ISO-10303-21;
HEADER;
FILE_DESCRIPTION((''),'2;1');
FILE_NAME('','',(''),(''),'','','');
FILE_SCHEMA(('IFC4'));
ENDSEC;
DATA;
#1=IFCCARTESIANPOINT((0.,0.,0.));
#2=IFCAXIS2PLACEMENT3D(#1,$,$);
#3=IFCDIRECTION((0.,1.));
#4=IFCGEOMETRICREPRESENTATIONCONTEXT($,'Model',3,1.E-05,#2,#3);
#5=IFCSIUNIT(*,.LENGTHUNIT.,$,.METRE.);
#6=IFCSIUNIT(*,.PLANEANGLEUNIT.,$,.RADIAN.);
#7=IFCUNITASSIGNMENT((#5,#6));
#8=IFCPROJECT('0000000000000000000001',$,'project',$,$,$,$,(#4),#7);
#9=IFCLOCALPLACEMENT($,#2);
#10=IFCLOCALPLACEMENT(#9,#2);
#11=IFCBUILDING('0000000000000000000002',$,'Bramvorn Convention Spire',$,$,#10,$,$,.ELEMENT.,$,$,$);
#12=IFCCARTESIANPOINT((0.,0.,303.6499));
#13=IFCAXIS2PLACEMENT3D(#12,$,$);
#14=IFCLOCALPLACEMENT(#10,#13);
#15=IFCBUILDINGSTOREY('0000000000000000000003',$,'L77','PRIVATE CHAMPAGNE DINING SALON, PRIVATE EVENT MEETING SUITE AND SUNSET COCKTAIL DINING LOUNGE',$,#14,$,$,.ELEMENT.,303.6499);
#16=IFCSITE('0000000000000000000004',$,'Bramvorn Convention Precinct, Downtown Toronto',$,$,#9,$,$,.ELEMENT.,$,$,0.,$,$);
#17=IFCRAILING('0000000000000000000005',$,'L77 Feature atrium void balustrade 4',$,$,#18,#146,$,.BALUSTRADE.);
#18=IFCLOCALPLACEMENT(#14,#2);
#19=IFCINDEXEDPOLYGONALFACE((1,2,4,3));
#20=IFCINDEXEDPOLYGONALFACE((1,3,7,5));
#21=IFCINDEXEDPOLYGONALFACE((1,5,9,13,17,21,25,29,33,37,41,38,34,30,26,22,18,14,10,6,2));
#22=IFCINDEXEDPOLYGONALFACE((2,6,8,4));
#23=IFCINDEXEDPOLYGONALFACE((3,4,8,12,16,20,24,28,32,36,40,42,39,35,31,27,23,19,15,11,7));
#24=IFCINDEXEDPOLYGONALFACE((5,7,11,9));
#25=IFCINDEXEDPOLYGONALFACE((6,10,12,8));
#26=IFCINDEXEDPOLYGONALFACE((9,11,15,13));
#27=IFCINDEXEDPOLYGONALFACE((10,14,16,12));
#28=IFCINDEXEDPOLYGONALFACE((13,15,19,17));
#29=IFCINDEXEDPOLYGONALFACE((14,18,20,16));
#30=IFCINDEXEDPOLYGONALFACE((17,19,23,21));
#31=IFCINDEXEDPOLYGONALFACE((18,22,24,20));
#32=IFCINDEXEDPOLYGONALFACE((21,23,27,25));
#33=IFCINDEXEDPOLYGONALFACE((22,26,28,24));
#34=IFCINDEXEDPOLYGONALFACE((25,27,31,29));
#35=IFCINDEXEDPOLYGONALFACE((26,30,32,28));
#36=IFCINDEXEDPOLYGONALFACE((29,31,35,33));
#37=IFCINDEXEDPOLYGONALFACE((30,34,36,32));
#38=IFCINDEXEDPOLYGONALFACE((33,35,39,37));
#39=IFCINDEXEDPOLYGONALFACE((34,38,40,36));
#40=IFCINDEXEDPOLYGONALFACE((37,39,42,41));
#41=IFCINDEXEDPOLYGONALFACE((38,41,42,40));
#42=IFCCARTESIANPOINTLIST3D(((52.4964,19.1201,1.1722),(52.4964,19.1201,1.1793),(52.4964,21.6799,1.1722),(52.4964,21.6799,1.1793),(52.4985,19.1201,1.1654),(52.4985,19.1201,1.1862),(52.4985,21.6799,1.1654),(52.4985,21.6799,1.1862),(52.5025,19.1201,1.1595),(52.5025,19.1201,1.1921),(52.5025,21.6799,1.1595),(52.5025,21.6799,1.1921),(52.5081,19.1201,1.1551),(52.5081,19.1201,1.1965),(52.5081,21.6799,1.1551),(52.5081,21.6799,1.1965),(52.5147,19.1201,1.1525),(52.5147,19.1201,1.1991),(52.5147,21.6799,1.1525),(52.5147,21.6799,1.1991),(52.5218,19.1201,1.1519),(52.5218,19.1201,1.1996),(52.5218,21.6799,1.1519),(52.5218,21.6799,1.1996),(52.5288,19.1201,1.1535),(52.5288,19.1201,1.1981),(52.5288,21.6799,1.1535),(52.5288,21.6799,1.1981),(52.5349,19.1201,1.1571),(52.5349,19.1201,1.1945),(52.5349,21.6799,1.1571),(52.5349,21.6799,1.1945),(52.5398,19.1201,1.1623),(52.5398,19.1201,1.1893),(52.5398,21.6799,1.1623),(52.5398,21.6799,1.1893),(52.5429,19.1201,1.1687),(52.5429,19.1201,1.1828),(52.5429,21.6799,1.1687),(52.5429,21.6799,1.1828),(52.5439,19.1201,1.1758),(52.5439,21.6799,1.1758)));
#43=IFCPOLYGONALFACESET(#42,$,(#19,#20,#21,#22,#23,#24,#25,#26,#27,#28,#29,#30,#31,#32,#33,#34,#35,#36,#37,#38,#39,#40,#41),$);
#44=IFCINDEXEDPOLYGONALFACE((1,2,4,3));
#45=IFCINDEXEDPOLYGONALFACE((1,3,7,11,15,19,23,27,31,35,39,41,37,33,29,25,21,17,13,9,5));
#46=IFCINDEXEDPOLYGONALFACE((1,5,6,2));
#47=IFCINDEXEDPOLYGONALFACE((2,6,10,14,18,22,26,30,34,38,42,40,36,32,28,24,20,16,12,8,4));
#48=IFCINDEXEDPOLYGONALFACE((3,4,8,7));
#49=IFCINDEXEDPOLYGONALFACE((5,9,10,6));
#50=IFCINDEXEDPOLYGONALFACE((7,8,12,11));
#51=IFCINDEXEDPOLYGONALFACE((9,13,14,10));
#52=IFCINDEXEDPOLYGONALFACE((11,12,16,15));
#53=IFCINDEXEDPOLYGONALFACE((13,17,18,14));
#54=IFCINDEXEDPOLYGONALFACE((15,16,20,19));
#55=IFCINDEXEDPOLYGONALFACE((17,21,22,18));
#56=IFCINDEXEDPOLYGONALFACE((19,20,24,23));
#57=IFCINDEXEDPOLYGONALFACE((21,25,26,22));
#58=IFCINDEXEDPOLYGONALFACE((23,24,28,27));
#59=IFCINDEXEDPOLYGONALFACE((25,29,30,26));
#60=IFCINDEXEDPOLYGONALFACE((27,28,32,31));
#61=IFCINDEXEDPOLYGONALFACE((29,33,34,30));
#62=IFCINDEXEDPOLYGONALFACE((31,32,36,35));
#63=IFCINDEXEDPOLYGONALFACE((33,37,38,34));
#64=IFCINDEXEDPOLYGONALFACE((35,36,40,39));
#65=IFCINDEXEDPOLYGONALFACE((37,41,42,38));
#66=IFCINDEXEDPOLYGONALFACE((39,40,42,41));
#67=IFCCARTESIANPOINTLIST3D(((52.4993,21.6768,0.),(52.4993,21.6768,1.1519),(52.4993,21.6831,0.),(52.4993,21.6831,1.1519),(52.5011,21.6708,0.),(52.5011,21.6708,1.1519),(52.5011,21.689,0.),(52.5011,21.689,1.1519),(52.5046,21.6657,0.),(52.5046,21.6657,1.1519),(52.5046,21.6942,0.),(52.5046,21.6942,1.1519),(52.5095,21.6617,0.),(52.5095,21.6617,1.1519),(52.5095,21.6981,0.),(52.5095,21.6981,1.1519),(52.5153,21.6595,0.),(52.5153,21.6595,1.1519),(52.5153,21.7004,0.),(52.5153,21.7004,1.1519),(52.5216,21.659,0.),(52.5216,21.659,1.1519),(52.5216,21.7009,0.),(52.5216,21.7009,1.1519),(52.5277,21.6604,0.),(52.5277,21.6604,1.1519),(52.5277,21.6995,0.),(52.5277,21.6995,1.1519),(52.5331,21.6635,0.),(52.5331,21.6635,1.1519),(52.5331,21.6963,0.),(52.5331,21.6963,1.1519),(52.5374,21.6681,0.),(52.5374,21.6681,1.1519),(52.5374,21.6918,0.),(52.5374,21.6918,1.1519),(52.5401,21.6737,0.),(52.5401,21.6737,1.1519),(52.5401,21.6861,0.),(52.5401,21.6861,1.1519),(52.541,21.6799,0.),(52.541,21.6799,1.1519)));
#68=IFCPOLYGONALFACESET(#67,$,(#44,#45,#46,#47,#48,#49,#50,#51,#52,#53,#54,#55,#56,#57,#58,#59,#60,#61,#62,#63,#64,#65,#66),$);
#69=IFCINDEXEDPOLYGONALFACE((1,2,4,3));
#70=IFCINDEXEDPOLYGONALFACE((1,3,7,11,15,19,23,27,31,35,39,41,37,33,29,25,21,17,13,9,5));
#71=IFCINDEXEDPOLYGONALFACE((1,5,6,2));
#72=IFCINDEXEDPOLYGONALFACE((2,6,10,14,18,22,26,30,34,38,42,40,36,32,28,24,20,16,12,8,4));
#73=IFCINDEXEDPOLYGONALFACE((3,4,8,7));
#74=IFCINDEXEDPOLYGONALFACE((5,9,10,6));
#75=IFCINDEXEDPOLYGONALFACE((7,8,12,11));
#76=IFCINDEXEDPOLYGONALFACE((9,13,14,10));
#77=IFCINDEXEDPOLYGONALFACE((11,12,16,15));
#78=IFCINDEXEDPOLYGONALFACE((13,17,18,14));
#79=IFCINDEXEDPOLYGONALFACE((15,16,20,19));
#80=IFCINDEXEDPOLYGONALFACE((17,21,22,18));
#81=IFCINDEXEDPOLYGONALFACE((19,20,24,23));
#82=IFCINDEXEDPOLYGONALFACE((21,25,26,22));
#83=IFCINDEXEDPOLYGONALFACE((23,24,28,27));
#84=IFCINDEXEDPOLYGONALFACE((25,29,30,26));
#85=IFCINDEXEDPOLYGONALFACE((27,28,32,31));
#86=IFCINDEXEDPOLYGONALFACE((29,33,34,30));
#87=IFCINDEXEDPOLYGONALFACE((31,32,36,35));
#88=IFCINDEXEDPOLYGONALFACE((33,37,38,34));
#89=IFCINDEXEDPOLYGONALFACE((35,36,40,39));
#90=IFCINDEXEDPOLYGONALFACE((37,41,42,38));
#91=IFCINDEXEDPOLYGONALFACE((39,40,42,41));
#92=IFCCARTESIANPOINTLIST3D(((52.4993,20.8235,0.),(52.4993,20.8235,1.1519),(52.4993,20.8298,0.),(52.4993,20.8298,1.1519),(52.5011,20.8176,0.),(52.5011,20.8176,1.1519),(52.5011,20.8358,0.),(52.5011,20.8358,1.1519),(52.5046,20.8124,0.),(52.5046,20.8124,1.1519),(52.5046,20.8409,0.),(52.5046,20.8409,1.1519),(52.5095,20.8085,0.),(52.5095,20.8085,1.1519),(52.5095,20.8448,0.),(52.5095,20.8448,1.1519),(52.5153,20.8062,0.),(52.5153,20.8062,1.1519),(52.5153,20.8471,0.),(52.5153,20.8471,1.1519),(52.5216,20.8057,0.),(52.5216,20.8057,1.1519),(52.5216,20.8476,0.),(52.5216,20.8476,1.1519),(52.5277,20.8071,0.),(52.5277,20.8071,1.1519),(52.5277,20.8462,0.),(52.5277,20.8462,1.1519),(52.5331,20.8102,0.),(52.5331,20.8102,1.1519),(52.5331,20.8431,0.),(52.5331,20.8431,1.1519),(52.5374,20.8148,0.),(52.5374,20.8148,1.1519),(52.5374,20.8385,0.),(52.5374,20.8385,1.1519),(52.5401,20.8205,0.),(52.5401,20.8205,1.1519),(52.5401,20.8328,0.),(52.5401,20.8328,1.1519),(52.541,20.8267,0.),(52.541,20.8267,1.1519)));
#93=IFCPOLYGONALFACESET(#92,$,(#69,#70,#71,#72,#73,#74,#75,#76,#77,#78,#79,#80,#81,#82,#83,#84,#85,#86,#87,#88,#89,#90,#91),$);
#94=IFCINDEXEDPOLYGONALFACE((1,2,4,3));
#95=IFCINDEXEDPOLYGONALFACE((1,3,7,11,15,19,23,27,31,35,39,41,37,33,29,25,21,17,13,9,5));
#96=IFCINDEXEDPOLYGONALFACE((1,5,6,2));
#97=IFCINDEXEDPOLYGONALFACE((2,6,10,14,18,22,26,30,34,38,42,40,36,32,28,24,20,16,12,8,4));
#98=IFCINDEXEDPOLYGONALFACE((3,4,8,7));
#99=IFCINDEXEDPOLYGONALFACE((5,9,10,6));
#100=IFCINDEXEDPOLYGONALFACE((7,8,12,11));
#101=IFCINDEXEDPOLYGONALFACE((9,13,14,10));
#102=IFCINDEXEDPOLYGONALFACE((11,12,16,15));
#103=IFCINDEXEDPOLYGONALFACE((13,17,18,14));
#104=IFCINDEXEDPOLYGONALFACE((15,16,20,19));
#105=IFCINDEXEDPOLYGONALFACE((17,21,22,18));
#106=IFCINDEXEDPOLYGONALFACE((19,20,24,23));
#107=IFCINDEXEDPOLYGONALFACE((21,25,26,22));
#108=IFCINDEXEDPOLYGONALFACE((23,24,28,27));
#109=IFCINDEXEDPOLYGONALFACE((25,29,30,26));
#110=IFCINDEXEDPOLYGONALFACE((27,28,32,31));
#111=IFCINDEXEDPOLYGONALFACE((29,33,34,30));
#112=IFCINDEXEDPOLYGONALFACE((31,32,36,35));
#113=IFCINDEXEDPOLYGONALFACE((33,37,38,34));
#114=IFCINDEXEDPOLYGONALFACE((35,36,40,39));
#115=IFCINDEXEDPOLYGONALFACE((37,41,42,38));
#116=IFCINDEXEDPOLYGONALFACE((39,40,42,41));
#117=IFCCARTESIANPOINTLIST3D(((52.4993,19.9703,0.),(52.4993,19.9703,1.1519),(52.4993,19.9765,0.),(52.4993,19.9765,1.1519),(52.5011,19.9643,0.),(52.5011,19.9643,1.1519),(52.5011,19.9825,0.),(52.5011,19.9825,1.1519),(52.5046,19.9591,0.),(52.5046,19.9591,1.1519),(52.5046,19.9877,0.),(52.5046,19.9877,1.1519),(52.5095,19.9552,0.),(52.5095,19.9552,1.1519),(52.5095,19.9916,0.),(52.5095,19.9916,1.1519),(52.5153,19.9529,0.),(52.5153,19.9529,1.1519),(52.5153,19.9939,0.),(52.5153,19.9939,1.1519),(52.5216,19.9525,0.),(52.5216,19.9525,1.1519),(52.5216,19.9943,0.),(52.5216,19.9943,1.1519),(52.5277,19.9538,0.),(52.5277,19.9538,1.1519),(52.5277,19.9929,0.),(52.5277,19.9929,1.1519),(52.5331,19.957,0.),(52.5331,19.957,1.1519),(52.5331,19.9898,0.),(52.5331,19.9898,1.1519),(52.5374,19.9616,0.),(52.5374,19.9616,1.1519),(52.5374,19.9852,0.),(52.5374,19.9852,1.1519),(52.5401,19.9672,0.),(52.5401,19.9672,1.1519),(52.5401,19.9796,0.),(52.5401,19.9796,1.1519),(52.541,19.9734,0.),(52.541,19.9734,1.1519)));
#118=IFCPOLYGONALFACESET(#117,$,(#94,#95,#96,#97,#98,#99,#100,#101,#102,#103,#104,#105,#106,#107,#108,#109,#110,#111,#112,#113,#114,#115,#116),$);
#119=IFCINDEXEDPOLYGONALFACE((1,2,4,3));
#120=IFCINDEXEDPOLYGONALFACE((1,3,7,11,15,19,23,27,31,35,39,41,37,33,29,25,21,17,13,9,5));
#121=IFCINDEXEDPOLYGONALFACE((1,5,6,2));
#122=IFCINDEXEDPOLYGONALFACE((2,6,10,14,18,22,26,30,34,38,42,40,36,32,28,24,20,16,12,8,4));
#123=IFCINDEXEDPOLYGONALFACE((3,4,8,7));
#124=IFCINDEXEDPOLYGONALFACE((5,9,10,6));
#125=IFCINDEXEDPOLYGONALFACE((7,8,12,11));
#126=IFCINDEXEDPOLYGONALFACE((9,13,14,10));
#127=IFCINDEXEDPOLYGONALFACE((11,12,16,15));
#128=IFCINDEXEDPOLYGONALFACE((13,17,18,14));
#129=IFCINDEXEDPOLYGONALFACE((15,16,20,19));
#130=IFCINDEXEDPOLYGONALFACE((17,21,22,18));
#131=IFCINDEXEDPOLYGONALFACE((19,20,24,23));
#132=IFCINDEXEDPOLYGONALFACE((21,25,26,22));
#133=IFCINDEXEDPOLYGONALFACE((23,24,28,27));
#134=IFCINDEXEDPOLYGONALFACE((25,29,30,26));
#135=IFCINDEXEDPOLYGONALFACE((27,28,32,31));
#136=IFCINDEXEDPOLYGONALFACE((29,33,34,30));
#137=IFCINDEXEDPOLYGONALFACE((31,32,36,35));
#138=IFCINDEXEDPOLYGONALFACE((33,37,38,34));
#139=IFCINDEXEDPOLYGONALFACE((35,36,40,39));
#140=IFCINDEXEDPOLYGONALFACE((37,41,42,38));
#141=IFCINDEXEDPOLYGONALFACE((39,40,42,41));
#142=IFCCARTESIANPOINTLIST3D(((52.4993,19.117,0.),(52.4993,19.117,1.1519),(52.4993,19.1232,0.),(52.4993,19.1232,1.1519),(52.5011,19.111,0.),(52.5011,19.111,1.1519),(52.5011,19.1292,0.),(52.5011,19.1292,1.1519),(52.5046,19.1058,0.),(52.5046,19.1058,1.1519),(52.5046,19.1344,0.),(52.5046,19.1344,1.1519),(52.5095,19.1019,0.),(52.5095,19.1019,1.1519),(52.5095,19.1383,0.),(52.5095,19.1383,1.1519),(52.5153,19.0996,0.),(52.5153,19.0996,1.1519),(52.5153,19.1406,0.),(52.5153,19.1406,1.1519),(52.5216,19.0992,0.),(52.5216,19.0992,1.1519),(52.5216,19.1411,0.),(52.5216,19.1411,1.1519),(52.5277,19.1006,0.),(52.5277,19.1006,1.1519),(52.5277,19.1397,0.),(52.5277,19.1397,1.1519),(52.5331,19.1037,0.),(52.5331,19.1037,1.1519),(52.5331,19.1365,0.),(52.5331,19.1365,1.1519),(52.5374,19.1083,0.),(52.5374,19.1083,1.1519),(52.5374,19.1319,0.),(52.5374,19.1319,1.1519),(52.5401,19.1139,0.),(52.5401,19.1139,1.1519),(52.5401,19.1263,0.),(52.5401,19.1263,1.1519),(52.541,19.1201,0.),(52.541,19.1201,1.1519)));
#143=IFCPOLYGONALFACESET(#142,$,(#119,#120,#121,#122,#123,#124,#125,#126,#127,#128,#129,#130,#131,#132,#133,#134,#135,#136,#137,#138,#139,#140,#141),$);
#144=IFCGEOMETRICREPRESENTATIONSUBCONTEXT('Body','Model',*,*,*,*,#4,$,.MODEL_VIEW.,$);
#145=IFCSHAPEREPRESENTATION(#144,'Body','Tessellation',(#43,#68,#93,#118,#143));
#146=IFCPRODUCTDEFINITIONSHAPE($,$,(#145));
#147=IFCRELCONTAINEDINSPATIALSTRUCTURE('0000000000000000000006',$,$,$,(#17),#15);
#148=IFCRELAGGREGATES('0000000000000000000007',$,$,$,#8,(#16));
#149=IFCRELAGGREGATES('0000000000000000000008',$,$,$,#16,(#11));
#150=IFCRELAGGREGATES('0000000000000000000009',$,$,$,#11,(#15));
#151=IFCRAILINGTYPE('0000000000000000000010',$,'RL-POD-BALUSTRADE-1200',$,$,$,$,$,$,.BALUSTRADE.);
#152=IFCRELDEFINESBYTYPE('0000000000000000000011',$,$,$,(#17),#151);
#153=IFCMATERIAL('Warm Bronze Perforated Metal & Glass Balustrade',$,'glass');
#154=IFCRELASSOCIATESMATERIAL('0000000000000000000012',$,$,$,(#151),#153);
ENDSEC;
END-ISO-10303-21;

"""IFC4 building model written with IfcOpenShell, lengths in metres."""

from ifc_helpers import new_model, si_unit, direction, frame, origin, origin_2d, place, context, subcontext, project, spatial, circle, extrude, material, type_object, element, save


model = new_model("IFC4")

# Units and contexts
model_context = context("Model", 3, precision=1e-05, world=origin(), true_north=direction((0.0, 1.0)))
body_context = subcontext(model_context, "Body", "Model", "MODEL_VIEW")
ifc_project = project(units=[si_unit("LENGTHUNIT", "METRE"), si_unit("PLANEANGLEUNIT", "RADIAN")], contexts=[model_context])

# Site, building, storey
site_placement = place(None, origin())
site = spatial("IfcSite", under=ifc_project, at=site_placement, Name="Bramvorn Convention Precinct, Downtown Toronto", CompositionType="ELEMENT", RefElevation=0.0)
building_placement = place(site_placement, origin())
building = spatial("IfcBuilding", under=site, at=building_placement, Name="Bramvorn Convention Spire", CompositionType="ELEMENT")
storey_placement = place(building_placement, frame((0.0, 0.0, 303.6499)))
storey = spatial("IfcBuildingStorey", under=building, at=storey_placement, Name="L77", Description="PRIVATE CHAMPAGNE DINING SALON, PRIVATE EVENT MEETING SUITE AND SUNSET COCKTAIL DINING LOUNGE", CompositionType="ELEMENT", Elevation=303.6499)

# Railing
ifc_material_1 = material(Name="Warm Bronze Perforated Metal & Glass Balustrade", Category="glass")
railing_type = type_object("IfcRailingType", Name="RL-POD-BALUSTRADE-1200", PredefinedType="BALUSTRADE", material=ifc_material_1)
railing_1_placement = place(storey_placement, frame((52.52, 21.6799, 0.0)))
element("IfcRailing", 1, at=railing_1_placement, inside=storey, type_object=railing_type, Name="L77 Feature atrium void balustrade 4", PredefinedType="BALUSTRADE", context=body_context, shape_type="SweptSolid", body=[
    extrude(circle(Radius=0.0239, at=origin_2d()), frame((0.0, 0.0, 1.1758), z_axis=(0.0, -1.0, 0.0), x_axis=(1.0, 0.0, 0.0)), (0.0, 0.0, 1.0), 2.5598),
    extrude(circle(Radius=0.021, at=origin_2d()), origin(), (0.0, 0.0, 1.0), 1.1519),
    extrude(circle(Radius=0.021, at=origin_2d()), frame((0.0, -0.8533, 0.0)), (0.0, 0.0, 1.0), 1.1519),
    extrude(circle(Radius=0.021, at=origin_2d()), frame((0.0, -1.7065, 0.0)), (0.0, 0.0, 1.0), 1.1519),
    extrude(circle(Radius=0.021, at=origin_2d()), frame((0.0, -2.5598, 0.0)), (0.0, 0.0, 1.0), 1.1519),
])

save(model, "model.ifc")
